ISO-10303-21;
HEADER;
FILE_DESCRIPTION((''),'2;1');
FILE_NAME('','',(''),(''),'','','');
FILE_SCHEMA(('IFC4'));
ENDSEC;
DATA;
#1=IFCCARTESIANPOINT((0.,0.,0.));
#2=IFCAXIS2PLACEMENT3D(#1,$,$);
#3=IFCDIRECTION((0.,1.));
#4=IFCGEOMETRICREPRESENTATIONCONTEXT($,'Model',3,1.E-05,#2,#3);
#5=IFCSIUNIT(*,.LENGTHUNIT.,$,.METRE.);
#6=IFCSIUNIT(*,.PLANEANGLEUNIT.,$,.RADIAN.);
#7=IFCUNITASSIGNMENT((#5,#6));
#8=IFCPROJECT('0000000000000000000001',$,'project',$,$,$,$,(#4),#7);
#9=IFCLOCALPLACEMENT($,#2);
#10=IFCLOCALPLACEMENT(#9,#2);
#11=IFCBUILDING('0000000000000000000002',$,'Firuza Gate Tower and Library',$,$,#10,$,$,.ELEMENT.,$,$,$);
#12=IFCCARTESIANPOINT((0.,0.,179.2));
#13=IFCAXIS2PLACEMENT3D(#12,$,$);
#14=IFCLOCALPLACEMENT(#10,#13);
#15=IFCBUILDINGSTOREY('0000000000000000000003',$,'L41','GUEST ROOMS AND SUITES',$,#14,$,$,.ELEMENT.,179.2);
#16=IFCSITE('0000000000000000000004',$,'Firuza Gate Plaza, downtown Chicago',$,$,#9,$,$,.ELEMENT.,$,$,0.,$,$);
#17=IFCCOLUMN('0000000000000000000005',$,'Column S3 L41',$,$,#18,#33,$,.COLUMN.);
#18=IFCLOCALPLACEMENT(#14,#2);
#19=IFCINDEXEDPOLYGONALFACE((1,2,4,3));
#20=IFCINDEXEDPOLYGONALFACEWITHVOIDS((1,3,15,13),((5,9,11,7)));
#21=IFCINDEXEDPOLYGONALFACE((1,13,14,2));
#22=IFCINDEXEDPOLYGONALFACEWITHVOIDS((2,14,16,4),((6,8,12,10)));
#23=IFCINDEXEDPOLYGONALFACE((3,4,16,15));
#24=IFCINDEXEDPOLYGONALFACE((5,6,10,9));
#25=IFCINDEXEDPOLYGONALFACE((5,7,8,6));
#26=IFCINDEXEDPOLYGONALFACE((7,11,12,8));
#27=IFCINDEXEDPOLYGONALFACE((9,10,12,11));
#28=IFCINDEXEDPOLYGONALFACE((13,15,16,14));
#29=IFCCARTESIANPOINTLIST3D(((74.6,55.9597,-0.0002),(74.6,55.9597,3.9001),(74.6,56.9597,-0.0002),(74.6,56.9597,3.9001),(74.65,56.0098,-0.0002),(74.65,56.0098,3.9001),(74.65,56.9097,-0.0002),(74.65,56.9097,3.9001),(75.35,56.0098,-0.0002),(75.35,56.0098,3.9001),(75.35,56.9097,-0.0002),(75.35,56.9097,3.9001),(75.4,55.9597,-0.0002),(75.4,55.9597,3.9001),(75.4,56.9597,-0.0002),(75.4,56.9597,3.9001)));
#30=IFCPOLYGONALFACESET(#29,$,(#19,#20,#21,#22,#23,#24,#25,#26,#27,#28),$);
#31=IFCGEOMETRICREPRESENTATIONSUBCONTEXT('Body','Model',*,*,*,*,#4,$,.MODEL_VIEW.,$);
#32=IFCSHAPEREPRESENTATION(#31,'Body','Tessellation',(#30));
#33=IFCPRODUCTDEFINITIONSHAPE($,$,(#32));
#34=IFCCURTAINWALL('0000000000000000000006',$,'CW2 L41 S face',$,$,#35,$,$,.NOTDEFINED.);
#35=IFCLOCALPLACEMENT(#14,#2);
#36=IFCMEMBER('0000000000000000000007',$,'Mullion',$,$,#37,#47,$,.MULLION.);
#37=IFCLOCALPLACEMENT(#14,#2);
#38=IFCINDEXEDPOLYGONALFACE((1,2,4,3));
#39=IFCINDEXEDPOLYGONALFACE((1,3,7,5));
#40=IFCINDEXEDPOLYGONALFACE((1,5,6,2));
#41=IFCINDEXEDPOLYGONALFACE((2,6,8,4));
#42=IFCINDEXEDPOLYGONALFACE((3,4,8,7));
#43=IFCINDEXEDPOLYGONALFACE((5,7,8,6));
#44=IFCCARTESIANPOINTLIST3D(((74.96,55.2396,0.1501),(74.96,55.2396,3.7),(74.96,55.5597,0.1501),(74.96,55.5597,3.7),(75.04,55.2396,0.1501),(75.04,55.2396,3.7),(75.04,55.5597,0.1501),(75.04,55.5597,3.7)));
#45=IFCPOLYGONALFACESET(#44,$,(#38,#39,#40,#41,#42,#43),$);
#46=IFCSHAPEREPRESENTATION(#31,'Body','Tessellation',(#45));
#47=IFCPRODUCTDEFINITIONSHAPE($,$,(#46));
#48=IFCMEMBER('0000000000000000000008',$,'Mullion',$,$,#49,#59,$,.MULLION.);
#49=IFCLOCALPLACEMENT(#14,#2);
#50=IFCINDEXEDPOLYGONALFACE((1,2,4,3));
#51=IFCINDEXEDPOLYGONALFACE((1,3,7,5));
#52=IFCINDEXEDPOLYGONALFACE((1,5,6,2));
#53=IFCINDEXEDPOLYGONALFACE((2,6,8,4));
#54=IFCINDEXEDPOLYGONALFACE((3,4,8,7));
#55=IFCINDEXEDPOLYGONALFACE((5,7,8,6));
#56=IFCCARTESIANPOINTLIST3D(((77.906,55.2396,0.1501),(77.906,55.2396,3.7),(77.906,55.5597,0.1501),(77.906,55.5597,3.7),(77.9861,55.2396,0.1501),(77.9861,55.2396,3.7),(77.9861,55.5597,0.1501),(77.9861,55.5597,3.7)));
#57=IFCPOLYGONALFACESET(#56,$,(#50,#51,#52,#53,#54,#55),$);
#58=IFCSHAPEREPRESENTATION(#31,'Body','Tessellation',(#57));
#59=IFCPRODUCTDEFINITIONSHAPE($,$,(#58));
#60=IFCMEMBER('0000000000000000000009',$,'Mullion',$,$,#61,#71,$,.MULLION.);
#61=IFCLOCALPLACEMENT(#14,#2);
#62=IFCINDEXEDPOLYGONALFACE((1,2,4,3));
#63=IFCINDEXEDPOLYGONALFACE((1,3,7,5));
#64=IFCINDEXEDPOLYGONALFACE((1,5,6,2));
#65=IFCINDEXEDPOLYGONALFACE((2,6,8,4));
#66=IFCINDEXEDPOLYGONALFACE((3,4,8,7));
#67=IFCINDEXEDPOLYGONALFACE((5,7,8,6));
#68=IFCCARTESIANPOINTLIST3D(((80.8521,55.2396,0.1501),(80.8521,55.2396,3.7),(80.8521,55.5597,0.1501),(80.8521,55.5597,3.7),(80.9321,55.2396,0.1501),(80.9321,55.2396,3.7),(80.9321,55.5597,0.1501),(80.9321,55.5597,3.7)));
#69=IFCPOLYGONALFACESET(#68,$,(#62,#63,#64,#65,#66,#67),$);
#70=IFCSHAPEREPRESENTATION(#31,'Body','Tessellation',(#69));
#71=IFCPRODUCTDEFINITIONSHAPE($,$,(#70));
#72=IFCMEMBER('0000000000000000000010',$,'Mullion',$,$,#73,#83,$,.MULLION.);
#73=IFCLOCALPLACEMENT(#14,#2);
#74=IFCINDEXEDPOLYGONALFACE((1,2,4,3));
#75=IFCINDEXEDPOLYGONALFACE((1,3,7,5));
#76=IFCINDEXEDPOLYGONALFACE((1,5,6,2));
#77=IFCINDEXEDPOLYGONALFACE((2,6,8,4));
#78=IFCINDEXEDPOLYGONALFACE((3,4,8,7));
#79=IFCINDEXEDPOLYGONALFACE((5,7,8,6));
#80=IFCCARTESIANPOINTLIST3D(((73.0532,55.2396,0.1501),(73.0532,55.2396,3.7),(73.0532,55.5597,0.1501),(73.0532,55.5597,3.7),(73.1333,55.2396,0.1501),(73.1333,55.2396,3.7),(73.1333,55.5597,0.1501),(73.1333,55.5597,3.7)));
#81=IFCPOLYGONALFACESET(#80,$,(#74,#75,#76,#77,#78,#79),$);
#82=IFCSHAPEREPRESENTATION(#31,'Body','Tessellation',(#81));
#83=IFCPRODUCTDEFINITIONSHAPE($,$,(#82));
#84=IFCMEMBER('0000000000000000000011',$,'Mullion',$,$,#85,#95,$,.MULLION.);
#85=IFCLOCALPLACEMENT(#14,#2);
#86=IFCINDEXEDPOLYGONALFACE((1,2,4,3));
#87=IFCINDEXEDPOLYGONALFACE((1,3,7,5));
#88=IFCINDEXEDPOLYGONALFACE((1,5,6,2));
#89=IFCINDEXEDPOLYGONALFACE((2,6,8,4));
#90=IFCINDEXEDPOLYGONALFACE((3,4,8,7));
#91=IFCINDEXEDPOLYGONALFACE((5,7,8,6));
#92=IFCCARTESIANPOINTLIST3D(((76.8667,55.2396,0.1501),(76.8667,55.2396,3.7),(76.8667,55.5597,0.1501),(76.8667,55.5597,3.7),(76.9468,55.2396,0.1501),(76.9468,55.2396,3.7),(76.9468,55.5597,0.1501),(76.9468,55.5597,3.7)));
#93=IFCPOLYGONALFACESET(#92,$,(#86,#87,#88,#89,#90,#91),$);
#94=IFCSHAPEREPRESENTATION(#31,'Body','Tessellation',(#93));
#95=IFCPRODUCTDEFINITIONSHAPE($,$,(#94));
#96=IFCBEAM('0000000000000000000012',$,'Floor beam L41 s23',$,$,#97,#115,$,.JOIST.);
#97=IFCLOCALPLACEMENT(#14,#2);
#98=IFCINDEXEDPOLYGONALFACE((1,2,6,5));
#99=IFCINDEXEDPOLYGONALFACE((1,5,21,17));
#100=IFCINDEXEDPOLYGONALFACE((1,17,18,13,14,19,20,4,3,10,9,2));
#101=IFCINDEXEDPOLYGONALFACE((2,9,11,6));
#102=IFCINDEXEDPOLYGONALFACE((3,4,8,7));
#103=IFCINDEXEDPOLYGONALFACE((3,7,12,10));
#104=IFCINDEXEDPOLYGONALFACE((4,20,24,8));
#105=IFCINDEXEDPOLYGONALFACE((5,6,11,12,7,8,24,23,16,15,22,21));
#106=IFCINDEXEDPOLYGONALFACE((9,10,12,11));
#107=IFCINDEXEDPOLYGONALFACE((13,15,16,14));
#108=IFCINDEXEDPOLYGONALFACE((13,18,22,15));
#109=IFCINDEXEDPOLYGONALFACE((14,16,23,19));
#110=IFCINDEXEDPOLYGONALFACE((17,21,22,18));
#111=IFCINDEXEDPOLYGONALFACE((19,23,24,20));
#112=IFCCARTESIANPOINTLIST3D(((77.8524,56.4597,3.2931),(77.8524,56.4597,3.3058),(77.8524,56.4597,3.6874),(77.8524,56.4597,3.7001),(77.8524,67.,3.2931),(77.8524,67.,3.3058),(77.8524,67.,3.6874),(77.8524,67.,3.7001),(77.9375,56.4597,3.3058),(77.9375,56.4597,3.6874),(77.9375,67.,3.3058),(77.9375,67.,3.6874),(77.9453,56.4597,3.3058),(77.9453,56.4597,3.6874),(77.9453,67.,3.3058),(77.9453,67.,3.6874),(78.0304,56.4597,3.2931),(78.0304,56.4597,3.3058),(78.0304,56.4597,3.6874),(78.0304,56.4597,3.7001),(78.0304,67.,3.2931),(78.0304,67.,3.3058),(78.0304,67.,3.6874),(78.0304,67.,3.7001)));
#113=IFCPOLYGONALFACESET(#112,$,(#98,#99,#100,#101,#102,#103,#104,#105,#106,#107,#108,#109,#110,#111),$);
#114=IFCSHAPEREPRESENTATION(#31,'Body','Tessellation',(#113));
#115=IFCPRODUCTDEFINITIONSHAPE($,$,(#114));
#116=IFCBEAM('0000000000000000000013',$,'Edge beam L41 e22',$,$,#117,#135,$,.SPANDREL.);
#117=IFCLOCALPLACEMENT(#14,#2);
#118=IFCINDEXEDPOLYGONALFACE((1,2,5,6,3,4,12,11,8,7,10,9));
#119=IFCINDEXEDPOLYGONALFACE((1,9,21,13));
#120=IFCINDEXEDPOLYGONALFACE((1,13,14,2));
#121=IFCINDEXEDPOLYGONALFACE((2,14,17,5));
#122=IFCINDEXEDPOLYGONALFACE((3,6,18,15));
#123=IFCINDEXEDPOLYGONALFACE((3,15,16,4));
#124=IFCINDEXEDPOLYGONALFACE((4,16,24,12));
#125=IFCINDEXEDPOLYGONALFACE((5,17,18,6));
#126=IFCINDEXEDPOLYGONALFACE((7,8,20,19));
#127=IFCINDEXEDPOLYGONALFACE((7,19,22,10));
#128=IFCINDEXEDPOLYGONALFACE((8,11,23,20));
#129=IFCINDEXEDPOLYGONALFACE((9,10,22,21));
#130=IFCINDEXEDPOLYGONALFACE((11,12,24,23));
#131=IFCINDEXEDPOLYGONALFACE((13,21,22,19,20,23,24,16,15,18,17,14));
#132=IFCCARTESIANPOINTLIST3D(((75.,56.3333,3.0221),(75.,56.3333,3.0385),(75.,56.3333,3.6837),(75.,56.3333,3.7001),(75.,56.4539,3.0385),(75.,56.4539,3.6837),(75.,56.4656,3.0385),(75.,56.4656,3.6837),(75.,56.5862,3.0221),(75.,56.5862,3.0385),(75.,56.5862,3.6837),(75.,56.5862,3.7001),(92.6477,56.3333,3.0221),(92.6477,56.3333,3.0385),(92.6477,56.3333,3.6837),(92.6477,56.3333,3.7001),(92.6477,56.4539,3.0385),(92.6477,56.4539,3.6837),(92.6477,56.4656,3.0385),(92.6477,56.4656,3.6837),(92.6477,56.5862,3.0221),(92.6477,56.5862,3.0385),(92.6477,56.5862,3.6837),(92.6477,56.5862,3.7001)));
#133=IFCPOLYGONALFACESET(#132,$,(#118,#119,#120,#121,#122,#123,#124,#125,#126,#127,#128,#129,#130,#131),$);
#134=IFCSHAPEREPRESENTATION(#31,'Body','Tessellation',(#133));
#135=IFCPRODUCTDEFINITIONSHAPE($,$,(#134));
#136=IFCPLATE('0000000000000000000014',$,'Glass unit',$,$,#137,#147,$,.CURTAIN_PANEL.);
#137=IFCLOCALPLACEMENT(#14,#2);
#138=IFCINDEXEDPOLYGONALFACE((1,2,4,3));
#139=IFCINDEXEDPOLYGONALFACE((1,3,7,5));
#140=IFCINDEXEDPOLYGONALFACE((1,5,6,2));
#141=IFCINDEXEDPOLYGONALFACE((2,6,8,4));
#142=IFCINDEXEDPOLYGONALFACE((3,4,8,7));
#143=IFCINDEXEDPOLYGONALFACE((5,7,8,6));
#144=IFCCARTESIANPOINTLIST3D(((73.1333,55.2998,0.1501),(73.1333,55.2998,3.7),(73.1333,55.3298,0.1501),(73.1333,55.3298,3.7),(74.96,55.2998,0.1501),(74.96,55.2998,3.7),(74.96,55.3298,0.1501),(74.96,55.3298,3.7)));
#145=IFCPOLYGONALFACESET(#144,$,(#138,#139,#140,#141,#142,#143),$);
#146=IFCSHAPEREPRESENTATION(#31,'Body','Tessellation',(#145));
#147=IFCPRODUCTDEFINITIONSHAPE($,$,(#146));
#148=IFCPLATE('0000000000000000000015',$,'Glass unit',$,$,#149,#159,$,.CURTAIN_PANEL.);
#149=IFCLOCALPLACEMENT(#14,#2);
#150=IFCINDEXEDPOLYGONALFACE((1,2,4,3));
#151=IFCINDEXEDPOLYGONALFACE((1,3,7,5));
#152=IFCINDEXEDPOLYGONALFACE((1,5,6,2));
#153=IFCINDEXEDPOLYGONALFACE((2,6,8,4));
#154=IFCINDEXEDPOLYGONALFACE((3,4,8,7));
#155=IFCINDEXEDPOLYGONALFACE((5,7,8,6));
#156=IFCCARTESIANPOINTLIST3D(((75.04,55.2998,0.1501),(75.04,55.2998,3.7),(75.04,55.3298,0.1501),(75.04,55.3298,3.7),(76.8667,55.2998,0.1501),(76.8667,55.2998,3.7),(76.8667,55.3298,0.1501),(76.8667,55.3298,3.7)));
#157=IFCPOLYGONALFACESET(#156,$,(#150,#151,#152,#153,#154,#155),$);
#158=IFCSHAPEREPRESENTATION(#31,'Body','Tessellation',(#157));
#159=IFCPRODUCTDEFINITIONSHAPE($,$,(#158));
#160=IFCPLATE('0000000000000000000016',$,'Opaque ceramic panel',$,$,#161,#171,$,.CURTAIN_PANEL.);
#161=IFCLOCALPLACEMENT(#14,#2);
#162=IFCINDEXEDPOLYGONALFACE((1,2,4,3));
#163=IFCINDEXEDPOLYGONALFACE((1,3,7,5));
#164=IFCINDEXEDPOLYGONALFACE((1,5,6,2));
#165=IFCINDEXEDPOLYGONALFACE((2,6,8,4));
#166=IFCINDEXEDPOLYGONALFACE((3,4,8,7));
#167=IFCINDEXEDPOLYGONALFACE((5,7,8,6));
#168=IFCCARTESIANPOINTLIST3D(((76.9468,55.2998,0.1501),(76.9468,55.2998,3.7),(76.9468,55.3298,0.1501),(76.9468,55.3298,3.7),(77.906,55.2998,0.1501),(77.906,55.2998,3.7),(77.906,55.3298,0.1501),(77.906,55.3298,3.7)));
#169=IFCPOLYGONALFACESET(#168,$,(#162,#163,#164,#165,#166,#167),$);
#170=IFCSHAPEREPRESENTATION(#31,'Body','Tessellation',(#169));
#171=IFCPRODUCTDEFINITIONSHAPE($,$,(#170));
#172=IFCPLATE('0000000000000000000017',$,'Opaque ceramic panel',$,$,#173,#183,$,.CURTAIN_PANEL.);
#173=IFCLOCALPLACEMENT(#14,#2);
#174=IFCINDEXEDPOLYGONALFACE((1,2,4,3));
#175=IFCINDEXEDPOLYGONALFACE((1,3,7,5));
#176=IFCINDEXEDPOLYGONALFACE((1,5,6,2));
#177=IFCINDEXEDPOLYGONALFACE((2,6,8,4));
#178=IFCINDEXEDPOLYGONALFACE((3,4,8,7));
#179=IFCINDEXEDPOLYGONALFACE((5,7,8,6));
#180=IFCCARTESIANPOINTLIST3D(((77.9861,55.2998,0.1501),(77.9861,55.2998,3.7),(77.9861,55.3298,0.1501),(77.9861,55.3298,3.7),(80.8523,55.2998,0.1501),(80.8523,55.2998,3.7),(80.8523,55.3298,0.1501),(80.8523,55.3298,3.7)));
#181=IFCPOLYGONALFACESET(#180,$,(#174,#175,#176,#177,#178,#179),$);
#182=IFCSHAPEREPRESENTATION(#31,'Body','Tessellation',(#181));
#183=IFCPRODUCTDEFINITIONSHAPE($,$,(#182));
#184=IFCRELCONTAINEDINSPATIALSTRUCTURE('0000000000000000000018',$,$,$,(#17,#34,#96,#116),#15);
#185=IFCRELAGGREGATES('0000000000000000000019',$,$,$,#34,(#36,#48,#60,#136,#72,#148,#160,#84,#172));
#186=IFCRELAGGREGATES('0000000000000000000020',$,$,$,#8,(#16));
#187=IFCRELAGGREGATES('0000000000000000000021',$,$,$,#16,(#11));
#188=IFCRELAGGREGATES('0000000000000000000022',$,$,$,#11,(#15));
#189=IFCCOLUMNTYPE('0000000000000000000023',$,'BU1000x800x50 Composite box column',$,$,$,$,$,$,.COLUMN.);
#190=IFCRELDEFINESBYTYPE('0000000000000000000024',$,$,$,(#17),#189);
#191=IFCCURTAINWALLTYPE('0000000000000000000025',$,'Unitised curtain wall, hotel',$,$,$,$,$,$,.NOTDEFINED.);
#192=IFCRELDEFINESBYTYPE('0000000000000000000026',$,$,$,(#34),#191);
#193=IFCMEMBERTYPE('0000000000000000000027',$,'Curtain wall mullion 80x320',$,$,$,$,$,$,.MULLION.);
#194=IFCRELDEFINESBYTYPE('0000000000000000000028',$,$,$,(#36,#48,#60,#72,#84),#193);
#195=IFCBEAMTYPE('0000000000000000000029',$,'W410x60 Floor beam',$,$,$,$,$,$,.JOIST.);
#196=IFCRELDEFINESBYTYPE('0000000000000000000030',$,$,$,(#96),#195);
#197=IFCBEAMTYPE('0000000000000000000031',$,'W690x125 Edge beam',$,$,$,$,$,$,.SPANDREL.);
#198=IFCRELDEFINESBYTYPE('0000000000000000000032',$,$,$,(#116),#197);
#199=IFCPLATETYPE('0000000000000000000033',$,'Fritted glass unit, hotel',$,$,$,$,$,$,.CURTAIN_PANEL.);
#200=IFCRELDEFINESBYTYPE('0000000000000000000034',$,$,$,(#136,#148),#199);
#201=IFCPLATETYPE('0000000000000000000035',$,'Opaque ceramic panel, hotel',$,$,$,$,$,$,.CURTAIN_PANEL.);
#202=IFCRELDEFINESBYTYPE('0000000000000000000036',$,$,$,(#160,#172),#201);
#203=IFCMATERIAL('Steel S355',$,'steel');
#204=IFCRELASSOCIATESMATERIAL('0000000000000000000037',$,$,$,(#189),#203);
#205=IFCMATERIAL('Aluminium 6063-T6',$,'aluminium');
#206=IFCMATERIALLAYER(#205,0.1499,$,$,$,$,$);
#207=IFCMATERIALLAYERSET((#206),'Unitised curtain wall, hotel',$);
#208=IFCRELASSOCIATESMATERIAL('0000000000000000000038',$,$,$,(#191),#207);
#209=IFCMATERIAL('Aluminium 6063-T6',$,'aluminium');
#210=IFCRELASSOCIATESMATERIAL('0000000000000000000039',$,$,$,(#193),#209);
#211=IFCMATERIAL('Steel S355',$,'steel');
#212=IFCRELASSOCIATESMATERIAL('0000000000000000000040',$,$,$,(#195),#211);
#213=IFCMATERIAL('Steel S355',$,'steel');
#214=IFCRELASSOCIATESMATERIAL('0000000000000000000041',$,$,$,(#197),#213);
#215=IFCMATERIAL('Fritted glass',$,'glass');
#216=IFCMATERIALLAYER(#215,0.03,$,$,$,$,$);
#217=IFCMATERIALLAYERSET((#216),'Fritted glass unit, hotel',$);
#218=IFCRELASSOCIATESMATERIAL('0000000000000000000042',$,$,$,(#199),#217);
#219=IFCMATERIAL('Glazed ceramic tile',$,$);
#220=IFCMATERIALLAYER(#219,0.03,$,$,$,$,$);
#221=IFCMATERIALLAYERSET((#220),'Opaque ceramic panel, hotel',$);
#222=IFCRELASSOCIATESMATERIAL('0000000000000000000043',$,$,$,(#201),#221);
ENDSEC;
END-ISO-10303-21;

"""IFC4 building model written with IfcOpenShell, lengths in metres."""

from ifc_helpers import new_model, si_unit, direction, frame, origin, origin_2d, place, context, subcontext, project, spatial, polyline, rectangle, hollow_rectangle, i_section, outline, extrude, material, layer, layer_set, material_profile, profile_set, type_object, element, aggregate, save


model = new_model("IFC4")

# Units and contexts
model_context = context("Model", 3, precision=1e-05, world=origin(), true_north=direction((0.0, 1.0)))
body_context = subcontext(model_context, "Body", "Model", "MODEL_VIEW")
ifc_project = project(units=[si_unit("LENGTHUNIT", "METRE"), si_unit("PLANEANGLEUNIT", "RADIAN")], contexts=[model_context])

# Site, building, storey
site_placement = place(None, origin())
site = spatial("IfcSite", under=ifc_project, at=site_placement, Name="Firuza Gate Plaza, downtown Chicago", CompositionType="ELEMENT", RefElevation=0.0)
building_placement = place(site_placement, origin())
building = spatial("IfcBuilding", under=site, at=building_placement, Name="Firuza Gate Tower and Library", CompositionType="ELEMENT")
storey_placement = place(building_placement, frame((0.0, 0.0, 179.2)))
storey = spatial("IfcBuildingStorey", under=building, at=storey_placement, Name="L41", Description="GUEST ROOMS AND SUITES", CompositionType="ELEMENT", Elevation=179.2)

# Column
ifc_material_1 = material(Name="Steel S355", Category="steel")
ifc_material_profile_1 = material_profile(ifc_material_1, hollow_rectangle(XDim=0.8, YDim=1.0, WallThickness=0.05, at=origin_2d()))
ifc_profile_set_1 = profile_set([ifc_material_profile_1], Name="Steel S355")
column_type = type_object("IfcColumnType", Name="BU1000x800x50 Composite box column", PredefinedType="COLUMN", material=ifc_profile_set_1)
column_placement = place(storey_placement, frame((75.0, 56.4597, -0.0002), z_axis=(0.0, 0.0, 1.0), x_axis=(1.0, 0.0, 0.0)))
element("IfcColumn", 1, at=column_placement, inside=storey, type_object=column_type, Name="Column S3 L41", PredefinedType="COLUMN", context=body_context, shape_type="SweptSolid", body=[
    extrude(hollow_rectangle(XDim=0.8, YDim=1.0, WallThickness=0.05, at=origin_2d()), origin(), (0.0, 0.0, 1.0), 3.9004),
])

# Curtain wall, members
ifc_material_2 = material(Name="Aluminium 6063-T6", Category="aluminium")
ifc_layer_1 = layer(ifc_material_2, 0.1499)
ifc_layer_set_1 = layer_set([ifc_layer_1], Name="Unitised curtain wall, hotel")
curtain_wall_type = type_object("IfcCurtainWallType", Name="Unitised curtain wall, hotel", PredefinedType="NOTDEFINED", material=ifc_layer_set_1)
curtain_wall_placement = place(storey_placement, origin())
curtain_wall = element("IfcCurtainWall", 2, at=curtain_wall_placement, inside=storey, type_object=curtain_wall_type, Name="CW2 L41 S face", PredefinedType="NOTDEFINED")
ifc_material_3 = material(Name="Aluminium 6063-T6", Category="aluminium")
ifc_material_profile_2 = material_profile(ifc_material_3, rectangle(XDim=0.3201, YDim=0.0801, at=origin_2d()))
ifc_profile_set_2 = profile_set([ifc_material_profile_2], Name="Aluminium 6063-T6")
member_type = type_object("IfcMemberType", Name="Curtain wall mullion 80x320", PredefinedType="MULLION", material=ifc_profile_set_2)
member_1_placement = place(storey_placement, frame((75.0, 55.3997, 0.1501), z_axis=(0.0, 0.0, 1.0), x_axis=(0.0, 1.0, 0.0)))
member_1 = element("IfcMember", 3, at=member_1_placement, type_object=member_type, Name="Mullion", PredefinedType="MULLION", context=body_context, shape_type="SweptSolid", body=[
    extrude(rectangle(XDim=0.3201, YDim=0.0801, at=origin_2d()), origin(), (0.0, 0.0, 1.0), 3.5498),
])
member_2_placement = place(storey_placement, frame((77.946, 55.3997, 0.1501), z_axis=(0.0, 0.0, 1.0), x_axis=(0.0, 1.0, 0.0)))
member_2 = element("IfcMember", 4, at=member_2_placement, type_object=member_type, Name="Mullion", PredefinedType="MULLION", context=body_context, shape_type="SweptSolid", body=[
    extrude(rectangle(XDim=0.3201, YDim=0.0801, at=origin_2d()), origin(), (0.0, 0.0, 1.0), 3.5498),
])
member_3_placement = place(storey_placement, frame((80.8921, 55.3997, 0.1501), z_axis=(0.0, 0.0, 1.0), x_axis=(0.0, 1.0, 0.0)))
member_3 = element("IfcMember", 5, at=member_3_placement, type_object=member_type, Name="Mullion", PredefinedType="MULLION", context=body_context, shape_type="SweptSolid", body=[
    extrude(rectangle(XDim=0.3201, YDim=0.0801, at=origin_2d()), origin(), (0.0, 0.0, 1.0), 3.5498),
])
member_4_placement = place(storey_placement, frame((73.0933, 55.3997, 0.1501), z_axis=(0.0, 0.0, 1.0), x_axis=(0.0, 1.0, 0.0)))
member_4 = element("IfcMember", 6, at=member_4_placement, type_object=member_type, Name="Mullion", PredefinedType="MULLION", context=body_context, shape_type="SweptSolid", body=[
    extrude(rectangle(XDim=0.3201, YDim=0.0801, at=origin_2d()), origin(), (0.0, 0.0, 1.0), 3.5498),
])
member_5_placement = place(storey_placement, frame((76.9067, 55.3997, 0.1501), z_axis=(0.0, 0.0, 1.0), x_axis=(0.0, 1.0, 0.0)))
member_5 = element("IfcMember", 7, at=member_5_placement, type_object=member_type, Name="Mullion", PredefinedType="MULLION", context=body_context, shape_type="SweptSolid", body=[
    extrude(rectangle(XDim=0.3201, YDim=0.0801, at=origin_2d()), origin(), (0.0, 0.0, 1.0), 3.5498),
])

# Beams
ifc_material_4 = material(Name="Steel S355", Category="steel")
ifc_material_profile_3 = material_profile(ifc_material_4, i_section(OverallWidth=0.178, OverallDepth=0.407, WebThickness=0.0078, FlangeThickness=0.0127, at=origin_2d()))
ifc_profile_set_3 = profile_set([ifc_material_profile_3], Name="Steel S355")
beam_type_1 = type_object("IfcBeamType", Name="W410x60 Floor beam", PredefinedType="JOIST", material=ifc_profile_set_3)
beam_1_placement = place(storey_placement, frame((77.9414, 56.4597, 3.4966), z_axis=(0.0, 1.0, 0.0), x_axis=(-1.0, 0.0, 0.0)))
element("IfcBeam", 8, at=beam_1_placement, inside=storey, type_object=beam_type_1, Name="Floor beam L41 s23", PredefinedType="JOIST", context=body_context, shape_type="SweptSolid", body=[
    extrude(i_section(OverallWidth=0.178, OverallDepth=0.407, WebThickness=0.0078, FlangeThickness=0.0127, at=origin_2d()), origin(), (0.0, 0.0, 1.0), 10.5403),
])
ifc_material_5 = material(Name="Steel S355", Category="steel")
ifc_material_profile_4 = material_profile(ifc_material_5, i_section(OverallWidth=0.2529, OverallDepth=0.678, WebThickness=0.0117, FlangeThickness=0.0164, at=origin_2d()))
ifc_profile_set_4 = profile_set([ifc_material_profile_4], Name="Steel S355")
beam_type_2 = type_object("IfcBeamType", Name="W690x125 Edge beam", PredefinedType="SPANDREL", material=ifc_profile_set_4)
beam_2_placement = place(storey_placement, frame((75.0, 56.4597, 3.3611), z_axis=(1.0, 0.0, 0.0), x_axis=(0.0, 1.0, 0.0)))
element("IfcBeam", 9, at=beam_2_placement, inside=storey, type_object=beam_type_2, Name="Edge beam L41 e22", PredefinedType="SPANDREL", context=body_context, shape_type="SweptSolid", body=[
    extrude(i_section(OverallWidth=0.2529, OverallDepth=0.678, WebThickness=0.0117, FlangeThickness=0.0164, at=origin_2d()), origin(), (0.0, 0.0, 1.0), 17.6477),
])

# Plates
ifc_material_6 = material(Name="Fritted glass", Category="glass")
ifc_layer_2 = layer(ifc_material_6, 0.03)
ifc_layer_set_2 = layer_set([ifc_layer_2], Name="Fritted glass unit, hotel")
plate_type_1 = type_object("IfcPlateType", Name="Fritted glass unit, hotel", PredefinedType="CURTAIN_PANEL", material=ifc_layer_set_2)
plate_1_placement = place(storey_placement, frame((73.1333, 55.2998, 0.1501), z_axis=(0.0, -1.0, 0.0), x_axis=(1.0, 0.0, 0.0)))
plate_1 = element("IfcPlate", 10, at=plate_1_placement, type_object=plate_type_1, Name="Glass unit", PredefinedType="CURTAIN_PANEL", context=body_context, shape_type="SweptSolid", body=[
    extrude(outline(polyline([(0.0, 0.0), (1.8267, 0.0), (1.8267, 3.5498), (0.0, 3.5498), (0.0, 0.0)])), origin(), (0.0, 0.0, -1.0), 0.03),
])
plate_2_placement = place(storey_placement, frame((75.04, 55.2998, 0.1501), z_axis=(0.0, -1.0, 0.0), x_axis=(1.0, 0.0, 0.0)))
plate_2 = element("IfcPlate", 11, at=plate_2_placement, type_object=plate_type_1, Name="Glass unit", PredefinedType="CURTAIN_PANEL", context=body_context, shape_type="SweptSolid", body=[
    extrude(outline(polyline([(0.0, 0.0), (1.8267, 0.0), (1.8267, 3.5498), (0.0, 3.5498), (0.0, 0.0)])), origin(), (0.0, 0.0, -1.0), 0.03),
])
ifc_material_7 = material(Name="Glazed ceramic tile")
ifc_layer_3 = layer(ifc_material_7, 0.03)
ifc_layer_set_3 = layer_set([ifc_layer_3], Name="Opaque ceramic panel, hotel")
plate_type_2 = type_object("IfcPlateType", Name="Opaque ceramic panel, hotel", PredefinedType="CURTAIN_PANEL", material=ifc_layer_set_3)
plate_3_placement = place(storey_placement, frame((76.9468, 55.2998, 0.1501), z_axis=(0.0, -1.0, 0.0), x_axis=(1.0, 0.0, 0.0)))
plate_3 = element("IfcPlate", 12, at=plate_3_placement, type_object=plate_type_2, Name="Opaque ceramic panel", PredefinedType="CURTAIN_PANEL", context=body_context, shape_type="SweptSolid", body=[
    extrude(outline(polyline([(0.0, 0.0), (0.9592, 0.0), (0.9592, 3.5498), (0.0, 3.5498), (0.0, 0.0)])), origin(), (0.0, 0.0, -1.0), 0.03),
])
plate_4_placement = place(storey_placement, frame((77.9861, 55.2998, 0.1501), z_axis=(0.0, -1.0, 0.0), x_axis=(1.0, 0.0, 0.0)))
plate_4 = element("IfcPlate", 13, at=plate_4_placement, type_object=plate_type_2, Name="Opaque ceramic panel", PredefinedType="CURTAIN_PANEL", context=body_context, shape_type="SweptSolid", body=[
    extrude(outline(polyline([(0.0, 0.0), (2.8662, 0.0), (2.8662, 3.5498), (0.0, 3.5498), (0.0, 0.0)])), origin(), (0.0, 0.0, -1.0), 0.03),
])
aggregate(curtain_wall, [member_1, member_2, member_3, plate_1, member_4, plate_2, plate_3, member_5, plate_4])

save(model, "model.ifc")
